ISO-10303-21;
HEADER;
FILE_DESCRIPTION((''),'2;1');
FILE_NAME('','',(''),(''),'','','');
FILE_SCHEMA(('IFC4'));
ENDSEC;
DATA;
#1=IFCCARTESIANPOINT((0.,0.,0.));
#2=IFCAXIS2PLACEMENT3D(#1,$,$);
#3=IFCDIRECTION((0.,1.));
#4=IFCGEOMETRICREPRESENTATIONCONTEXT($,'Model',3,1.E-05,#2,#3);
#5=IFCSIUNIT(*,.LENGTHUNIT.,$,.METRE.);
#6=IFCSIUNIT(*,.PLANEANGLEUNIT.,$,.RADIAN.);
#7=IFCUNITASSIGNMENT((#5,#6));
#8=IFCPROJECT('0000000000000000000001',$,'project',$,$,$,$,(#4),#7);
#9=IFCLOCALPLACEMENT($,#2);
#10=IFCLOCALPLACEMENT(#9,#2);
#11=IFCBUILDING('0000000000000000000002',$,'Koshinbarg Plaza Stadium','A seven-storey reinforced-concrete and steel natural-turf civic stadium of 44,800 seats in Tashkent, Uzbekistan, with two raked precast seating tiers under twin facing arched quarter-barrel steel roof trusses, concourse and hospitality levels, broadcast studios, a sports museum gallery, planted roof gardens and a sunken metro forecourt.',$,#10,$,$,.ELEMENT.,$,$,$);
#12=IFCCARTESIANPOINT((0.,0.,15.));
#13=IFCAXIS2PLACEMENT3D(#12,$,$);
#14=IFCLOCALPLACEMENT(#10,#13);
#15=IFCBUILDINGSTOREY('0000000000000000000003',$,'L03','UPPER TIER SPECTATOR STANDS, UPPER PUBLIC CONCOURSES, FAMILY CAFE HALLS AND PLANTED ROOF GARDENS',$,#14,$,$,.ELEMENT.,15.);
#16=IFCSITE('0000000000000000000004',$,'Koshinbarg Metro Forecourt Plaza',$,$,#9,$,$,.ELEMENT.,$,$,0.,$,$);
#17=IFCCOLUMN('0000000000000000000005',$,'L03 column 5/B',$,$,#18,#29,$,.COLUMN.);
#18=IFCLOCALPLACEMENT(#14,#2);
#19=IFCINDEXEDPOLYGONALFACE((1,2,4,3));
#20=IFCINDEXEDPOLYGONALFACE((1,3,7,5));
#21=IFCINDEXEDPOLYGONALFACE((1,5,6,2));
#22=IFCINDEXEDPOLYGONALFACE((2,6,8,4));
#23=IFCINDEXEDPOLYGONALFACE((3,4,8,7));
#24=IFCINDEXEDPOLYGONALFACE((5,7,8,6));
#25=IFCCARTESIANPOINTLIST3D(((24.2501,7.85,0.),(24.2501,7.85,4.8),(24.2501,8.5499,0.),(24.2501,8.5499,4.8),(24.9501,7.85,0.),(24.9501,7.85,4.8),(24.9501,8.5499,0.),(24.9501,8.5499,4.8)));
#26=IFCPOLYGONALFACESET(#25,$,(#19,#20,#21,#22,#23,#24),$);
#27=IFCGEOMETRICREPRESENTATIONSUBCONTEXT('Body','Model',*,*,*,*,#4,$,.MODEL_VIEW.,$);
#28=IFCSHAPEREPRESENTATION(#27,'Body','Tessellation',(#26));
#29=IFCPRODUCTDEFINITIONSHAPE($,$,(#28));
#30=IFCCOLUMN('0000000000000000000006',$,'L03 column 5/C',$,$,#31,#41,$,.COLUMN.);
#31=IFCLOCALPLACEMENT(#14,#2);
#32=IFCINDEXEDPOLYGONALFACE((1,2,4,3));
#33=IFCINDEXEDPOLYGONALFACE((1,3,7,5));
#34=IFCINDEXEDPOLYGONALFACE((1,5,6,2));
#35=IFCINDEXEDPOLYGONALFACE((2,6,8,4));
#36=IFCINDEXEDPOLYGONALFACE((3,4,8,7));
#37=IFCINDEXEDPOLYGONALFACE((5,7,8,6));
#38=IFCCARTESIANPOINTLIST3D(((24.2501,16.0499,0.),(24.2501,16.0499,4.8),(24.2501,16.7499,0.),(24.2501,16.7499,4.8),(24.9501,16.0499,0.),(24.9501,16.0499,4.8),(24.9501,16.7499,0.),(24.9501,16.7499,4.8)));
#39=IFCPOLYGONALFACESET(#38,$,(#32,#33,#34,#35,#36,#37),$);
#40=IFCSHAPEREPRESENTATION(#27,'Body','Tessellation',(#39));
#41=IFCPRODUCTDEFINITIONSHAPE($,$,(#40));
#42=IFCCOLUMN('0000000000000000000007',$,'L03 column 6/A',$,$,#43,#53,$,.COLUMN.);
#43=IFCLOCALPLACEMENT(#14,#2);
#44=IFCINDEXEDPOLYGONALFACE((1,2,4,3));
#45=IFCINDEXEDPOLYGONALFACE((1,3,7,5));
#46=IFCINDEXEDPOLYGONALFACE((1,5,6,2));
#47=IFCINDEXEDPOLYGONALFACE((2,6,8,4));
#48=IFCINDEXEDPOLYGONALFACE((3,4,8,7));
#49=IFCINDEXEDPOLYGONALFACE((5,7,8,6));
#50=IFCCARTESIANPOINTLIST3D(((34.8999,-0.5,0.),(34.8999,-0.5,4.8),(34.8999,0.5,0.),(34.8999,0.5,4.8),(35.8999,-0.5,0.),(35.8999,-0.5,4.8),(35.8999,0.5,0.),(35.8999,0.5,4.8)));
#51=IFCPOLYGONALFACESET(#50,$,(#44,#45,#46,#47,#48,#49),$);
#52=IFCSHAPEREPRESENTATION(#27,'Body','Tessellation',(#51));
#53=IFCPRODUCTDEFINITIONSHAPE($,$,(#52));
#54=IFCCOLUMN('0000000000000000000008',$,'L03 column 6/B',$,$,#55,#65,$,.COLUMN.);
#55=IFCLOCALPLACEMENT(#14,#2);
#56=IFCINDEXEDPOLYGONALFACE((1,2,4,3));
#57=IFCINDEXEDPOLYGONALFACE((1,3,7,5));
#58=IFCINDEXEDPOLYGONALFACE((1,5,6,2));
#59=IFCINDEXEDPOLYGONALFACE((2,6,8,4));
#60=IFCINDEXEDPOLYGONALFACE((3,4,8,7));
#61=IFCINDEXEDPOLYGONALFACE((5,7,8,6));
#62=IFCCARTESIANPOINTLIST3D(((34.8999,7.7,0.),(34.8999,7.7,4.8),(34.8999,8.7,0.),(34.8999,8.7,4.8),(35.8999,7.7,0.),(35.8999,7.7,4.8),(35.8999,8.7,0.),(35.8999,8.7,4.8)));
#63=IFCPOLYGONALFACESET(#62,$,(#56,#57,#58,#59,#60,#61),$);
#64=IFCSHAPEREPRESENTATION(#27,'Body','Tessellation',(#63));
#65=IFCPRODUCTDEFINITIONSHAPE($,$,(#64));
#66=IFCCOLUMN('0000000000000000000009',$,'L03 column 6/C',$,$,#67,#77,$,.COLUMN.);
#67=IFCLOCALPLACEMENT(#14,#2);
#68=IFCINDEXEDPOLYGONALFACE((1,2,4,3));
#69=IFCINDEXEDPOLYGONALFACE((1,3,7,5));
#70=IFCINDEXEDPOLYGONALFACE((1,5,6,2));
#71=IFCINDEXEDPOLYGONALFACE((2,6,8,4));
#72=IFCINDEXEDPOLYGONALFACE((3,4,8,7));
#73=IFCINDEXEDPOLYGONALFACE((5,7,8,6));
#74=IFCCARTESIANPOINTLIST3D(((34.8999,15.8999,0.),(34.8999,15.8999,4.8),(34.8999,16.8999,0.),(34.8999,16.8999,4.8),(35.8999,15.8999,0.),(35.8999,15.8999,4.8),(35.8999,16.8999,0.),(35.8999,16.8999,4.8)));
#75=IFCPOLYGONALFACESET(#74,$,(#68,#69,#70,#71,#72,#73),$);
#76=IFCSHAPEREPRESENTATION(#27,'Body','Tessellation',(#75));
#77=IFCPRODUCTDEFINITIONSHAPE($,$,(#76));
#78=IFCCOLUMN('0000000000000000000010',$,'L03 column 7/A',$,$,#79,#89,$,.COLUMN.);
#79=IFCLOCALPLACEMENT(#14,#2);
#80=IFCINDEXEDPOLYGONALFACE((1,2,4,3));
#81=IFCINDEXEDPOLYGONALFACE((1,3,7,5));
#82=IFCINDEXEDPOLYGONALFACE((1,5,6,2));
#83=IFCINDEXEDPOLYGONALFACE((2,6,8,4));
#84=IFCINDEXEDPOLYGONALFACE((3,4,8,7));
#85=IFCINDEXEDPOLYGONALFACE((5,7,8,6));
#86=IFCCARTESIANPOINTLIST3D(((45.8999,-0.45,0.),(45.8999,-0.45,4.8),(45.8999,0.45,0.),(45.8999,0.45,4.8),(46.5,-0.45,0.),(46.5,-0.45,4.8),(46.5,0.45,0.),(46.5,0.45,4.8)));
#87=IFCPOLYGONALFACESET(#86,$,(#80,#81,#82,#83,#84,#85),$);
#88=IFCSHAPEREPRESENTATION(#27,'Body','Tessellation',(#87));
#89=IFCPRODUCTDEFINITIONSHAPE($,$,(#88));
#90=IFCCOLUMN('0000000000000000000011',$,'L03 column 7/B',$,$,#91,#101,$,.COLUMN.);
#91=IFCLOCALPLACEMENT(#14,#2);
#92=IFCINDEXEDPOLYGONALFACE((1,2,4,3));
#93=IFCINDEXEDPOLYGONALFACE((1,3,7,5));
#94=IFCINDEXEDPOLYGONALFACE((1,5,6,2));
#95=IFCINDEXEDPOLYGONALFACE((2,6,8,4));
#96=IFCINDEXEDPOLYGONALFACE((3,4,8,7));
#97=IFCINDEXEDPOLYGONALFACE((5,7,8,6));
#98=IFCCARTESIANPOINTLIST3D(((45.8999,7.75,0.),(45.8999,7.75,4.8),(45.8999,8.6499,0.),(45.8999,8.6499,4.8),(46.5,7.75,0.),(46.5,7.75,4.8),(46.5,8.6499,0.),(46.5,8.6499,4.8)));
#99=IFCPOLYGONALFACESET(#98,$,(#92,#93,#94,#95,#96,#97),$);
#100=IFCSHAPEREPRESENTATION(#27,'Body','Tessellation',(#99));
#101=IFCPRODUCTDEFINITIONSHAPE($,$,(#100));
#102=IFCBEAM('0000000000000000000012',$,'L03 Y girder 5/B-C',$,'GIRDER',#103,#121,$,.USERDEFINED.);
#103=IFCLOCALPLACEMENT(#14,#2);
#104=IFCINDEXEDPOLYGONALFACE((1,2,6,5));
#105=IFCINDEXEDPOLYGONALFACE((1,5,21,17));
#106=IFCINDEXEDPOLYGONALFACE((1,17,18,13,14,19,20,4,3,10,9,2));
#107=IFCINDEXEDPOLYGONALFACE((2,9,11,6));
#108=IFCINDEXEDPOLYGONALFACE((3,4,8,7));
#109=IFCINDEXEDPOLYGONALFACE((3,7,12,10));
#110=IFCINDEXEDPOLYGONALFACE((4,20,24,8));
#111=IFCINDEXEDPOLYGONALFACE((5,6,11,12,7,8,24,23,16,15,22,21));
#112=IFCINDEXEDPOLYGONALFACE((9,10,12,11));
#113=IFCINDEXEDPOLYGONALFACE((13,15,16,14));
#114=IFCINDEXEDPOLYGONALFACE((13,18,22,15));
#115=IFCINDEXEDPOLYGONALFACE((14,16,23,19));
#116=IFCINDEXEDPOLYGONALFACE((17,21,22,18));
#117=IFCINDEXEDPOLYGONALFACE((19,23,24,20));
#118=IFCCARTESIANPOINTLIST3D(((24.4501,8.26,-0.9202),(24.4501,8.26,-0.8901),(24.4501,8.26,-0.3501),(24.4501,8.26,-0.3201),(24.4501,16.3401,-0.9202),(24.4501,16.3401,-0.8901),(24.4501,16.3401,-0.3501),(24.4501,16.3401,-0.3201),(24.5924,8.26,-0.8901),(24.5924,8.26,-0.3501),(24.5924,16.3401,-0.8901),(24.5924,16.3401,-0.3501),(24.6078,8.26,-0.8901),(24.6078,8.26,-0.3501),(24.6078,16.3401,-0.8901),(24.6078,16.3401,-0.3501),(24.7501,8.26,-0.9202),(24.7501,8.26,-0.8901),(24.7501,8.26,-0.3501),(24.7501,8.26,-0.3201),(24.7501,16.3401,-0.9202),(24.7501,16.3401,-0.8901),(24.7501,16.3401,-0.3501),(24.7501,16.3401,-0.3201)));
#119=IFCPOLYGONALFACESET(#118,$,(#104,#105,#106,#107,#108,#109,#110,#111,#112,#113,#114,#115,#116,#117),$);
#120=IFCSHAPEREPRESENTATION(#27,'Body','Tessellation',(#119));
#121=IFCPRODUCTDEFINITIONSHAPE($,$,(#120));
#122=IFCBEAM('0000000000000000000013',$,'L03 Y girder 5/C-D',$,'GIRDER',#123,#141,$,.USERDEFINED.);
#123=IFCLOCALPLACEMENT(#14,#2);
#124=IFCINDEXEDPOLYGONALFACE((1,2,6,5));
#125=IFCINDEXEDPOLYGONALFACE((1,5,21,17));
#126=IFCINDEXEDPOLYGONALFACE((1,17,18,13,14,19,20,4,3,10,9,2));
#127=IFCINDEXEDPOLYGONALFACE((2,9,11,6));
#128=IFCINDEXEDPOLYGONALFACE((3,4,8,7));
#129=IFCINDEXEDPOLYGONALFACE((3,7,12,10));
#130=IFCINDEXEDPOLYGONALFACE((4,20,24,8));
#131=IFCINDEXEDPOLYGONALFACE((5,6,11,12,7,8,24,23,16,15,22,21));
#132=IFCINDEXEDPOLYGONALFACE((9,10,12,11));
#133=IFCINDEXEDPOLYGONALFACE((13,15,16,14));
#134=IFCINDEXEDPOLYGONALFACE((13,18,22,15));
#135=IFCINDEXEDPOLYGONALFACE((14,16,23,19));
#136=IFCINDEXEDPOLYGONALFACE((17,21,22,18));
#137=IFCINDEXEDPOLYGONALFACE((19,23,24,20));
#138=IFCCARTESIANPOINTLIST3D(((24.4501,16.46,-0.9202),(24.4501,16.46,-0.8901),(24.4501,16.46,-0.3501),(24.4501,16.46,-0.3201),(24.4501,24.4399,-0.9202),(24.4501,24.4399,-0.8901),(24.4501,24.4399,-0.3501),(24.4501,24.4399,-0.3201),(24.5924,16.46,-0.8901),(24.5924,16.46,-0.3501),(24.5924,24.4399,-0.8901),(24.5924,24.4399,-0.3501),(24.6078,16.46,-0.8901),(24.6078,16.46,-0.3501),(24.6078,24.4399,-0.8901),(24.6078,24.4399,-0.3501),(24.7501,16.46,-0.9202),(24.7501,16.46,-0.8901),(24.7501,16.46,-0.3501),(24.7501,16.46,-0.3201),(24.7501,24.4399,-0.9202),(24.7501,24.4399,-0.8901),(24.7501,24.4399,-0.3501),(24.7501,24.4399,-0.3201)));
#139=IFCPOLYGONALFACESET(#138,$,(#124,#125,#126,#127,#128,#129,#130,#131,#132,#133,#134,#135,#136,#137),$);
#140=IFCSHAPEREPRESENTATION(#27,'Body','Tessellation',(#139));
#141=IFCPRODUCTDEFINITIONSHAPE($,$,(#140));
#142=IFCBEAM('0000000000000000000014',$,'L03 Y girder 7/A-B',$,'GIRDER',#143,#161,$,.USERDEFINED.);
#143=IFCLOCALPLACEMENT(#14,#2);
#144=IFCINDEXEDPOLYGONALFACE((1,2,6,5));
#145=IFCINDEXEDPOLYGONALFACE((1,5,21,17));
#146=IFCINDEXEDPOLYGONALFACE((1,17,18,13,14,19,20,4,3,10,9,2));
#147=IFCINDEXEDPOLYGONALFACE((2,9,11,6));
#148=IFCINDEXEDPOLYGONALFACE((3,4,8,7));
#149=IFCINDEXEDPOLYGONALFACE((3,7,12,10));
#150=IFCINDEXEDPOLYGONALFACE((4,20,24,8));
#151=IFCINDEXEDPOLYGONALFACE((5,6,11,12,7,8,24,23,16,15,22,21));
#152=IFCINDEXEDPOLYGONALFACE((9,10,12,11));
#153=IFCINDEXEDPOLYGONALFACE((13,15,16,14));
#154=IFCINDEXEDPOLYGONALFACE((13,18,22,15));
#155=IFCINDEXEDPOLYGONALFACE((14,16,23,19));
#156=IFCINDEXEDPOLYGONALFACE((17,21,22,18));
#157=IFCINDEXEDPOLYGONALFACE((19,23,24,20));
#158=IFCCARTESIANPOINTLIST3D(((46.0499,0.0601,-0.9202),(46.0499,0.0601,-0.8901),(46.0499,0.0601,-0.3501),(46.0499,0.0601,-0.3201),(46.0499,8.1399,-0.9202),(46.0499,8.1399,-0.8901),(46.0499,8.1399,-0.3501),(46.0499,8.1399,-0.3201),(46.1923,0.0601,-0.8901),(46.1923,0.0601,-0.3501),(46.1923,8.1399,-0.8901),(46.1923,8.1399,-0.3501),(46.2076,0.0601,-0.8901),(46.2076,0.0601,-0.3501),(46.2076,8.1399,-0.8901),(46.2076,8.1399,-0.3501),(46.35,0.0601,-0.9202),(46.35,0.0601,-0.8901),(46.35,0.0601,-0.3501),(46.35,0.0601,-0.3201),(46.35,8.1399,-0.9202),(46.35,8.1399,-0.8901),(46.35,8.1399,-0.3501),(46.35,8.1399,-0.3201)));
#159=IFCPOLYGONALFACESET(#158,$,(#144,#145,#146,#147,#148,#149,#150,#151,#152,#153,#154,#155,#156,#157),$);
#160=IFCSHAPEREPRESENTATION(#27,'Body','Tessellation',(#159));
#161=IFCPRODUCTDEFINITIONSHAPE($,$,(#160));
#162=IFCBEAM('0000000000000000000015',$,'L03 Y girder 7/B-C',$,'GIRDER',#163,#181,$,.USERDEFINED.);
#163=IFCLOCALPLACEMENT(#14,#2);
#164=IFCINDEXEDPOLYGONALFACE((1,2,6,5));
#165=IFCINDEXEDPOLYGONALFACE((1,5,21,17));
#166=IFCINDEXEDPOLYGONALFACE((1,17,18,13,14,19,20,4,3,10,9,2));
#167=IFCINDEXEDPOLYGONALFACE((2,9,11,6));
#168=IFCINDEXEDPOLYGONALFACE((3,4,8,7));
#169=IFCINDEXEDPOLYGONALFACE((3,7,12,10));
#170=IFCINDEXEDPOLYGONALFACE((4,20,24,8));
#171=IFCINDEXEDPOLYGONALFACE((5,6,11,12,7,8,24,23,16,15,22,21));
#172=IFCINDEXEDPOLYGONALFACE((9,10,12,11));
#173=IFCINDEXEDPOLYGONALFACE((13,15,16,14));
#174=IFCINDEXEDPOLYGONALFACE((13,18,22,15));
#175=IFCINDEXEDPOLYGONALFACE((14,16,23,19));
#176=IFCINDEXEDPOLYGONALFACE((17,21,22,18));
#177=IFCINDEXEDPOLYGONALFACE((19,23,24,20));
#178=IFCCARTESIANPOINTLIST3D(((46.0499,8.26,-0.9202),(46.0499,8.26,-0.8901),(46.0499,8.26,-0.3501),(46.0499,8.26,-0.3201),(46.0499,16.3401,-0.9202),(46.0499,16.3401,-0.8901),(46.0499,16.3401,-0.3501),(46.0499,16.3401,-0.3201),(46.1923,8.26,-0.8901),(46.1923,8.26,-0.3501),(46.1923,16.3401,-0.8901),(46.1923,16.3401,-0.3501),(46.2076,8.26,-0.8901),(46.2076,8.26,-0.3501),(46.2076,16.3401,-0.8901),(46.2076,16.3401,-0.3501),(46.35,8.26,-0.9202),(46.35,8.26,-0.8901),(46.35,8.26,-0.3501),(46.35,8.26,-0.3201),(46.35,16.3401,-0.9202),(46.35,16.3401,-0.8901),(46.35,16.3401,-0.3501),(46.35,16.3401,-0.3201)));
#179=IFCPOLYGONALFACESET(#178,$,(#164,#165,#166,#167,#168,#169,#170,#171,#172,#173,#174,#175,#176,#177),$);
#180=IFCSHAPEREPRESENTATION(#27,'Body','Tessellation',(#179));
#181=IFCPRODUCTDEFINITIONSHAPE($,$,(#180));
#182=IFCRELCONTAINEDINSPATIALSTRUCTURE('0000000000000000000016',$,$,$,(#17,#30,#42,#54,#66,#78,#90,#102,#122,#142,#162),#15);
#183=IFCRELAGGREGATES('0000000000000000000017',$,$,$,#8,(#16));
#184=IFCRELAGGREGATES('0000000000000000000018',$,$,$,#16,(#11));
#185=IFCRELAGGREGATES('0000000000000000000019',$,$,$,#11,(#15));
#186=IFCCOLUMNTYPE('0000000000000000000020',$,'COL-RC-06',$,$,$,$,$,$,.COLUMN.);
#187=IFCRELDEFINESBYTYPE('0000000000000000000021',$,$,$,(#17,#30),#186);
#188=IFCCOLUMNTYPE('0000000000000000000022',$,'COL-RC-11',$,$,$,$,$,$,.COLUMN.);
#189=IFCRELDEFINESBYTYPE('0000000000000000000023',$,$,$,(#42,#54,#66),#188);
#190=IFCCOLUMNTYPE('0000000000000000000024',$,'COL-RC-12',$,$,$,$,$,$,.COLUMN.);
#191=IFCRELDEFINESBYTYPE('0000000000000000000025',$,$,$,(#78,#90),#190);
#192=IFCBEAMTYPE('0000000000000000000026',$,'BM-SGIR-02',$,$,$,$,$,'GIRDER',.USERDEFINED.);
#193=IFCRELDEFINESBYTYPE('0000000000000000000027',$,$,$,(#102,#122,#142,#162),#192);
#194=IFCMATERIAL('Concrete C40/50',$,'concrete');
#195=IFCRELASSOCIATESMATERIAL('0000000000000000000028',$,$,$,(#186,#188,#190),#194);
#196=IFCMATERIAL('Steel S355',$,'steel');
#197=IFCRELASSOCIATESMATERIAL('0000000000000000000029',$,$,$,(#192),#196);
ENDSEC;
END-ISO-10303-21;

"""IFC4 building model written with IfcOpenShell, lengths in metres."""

from ifc_helpers import new_model, si_unit, direction, frame, origin, origin_2d, place, context, subcontext, project, spatial, rectangle, i_section, extrude, material, material_profile, profile_set, type_object, element, save


model = new_model("IFC4")

# Units and contexts
model_context = context("Model", 3, precision=1e-05, world=origin(), true_north=direction((0.0, 1.0)))
body_context = subcontext(model_context, "Body", "Model", "MODEL_VIEW")
ifc_project = project(units=[si_unit("LENGTHUNIT", "METRE"), si_unit("PLANEANGLEUNIT", "RADIAN")], contexts=[model_context])

# Site, building, storey
site_placement = place(None, origin())
site = spatial("IfcSite", under=ifc_project, at=site_placement, Name="Koshinbarg Metro Forecourt Plaza", CompositionType="ELEMENT", RefElevation=0.0)
building_placement = place(site_placement, origin())
building = spatial("IfcBuilding", under=site, at=building_placement, Name="Koshinbarg Plaza Stadium", Description="A seven-storey reinforced-concrete and steel natural-turf civic stadium of 44,800 seats in Tashkent, Uzbekistan, with two raked precast seating tiers under twin facing arched quarter-barrel steel roof trusses, concourse and hospitality levels, broadcast studios, a sports museum gallery, planted roof gardens and a sunken metro forecourt.", CompositionType="ELEMENT")
storey_placement = place(building_placement, frame((0.0, 0.0, 15.0)))
storey = spatial("IfcBuildingStorey", under=building, at=storey_placement, Name="L03", Description="UPPER TIER SPECTATOR STANDS, UPPER PUBLIC CONCOURSES, FAMILY CAFE HALLS AND PLANTED ROOF GARDENS", CompositionType="ELEMENT", Elevation=15.0)

# Columns
ifc_material_1 = material(Name="Concrete C40/50", Category="concrete")
ifc_material_profile_1 = material_profile(ifc_material_1, rectangle(XDim=0.7, YDim=0.7, at=origin_2d()), Name="RC 700x700")
ifc_profile_set_1 = profile_set([ifc_material_profile_1], Name="Concrete C40/50")
column_type_1 = type_object("IfcColumnType", Name="COL-RC-06", PredefinedType="COLUMN", material=ifc_profile_set_1)
for number, where, z_axis, x_axis, name in (
    (1, (24.6001, 8.2, 0.0), (0.0, 0.0, 1.0), (1.0, 0.0, 0.0), "L03 column 5/B"),
    (2, (24.6001, 16.3999, 0.0), (0.0, 0.0, 1.0), (1.0, 0.0, 0.0), "L03 column 5/C"),
):
    element("IfcColumn", number, at=place(storey_placement, frame(where, z_axis=z_axis, x_axis=x_axis)), inside=storey, type_object=column_type_1, Name=name, PredefinedType="COLUMN", context=body_context, shape_type="SweptSolid", body=[
        extrude(rectangle(XDim=0.7, YDim=0.7, at=origin_2d()), origin(), (0.0, 0.0, 1.0), 4.8),
    ])
ifc_material_profile_2 = material_profile(ifc_material_1, rectangle(XDim=1.0, YDim=1.0, at=origin_2d()), Name="RC 1000x1000")
ifc_profile_set_2 = profile_set([ifc_material_profile_2], Name="Concrete C40/50")
column_type_2 = type_object("IfcColumnType", Name="COL-RC-11", PredefinedType="COLUMN", material=ifc_profile_set_2)
for number, where, z_axis, x_axis, name in (
    (3, (35.3999, 0.0, 0.0), (0.0, 0.0, 1.0), (1.0, 0.0, 0.0), "L03 column 6/A"),
    (4, (35.3999, 8.2, 0.0), (0.0, 0.0, 1.0), (1.0, 0.0, 0.0), "L03 column 6/B"),
    (5, (35.3999, 16.3999, 0.0), (0.0, 0.0, 1.0), (1.0, 0.0, 0.0), "L03 column 6/C"),
):
    element("IfcColumn", number, at=place(storey_placement, frame(where, z_axis=z_axis, x_axis=x_axis)), inside=storey, type_object=column_type_2, Name=name, PredefinedType="COLUMN", context=body_context, shape_type="SweptSolid", body=[
        extrude(rectangle(XDim=1.0, YDim=1.0, at=origin_2d()), origin(), (0.0, 0.0, 1.0), 4.8),
    ])
ifc_material_profile_3 = material_profile(ifc_material_1, rectangle(XDim=0.6001, YDim=0.8999, at=origin_2d()), Name="RC 600x900")
ifc_profile_set_3 = profile_set([ifc_material_profile_3], Name="Concrete C40/50")
column_type_3 = type_object("IfcColumnType", Name="COL-RC-12", PredefinedType="COLUMN", material=ifc_profile_set_3)
for number, where, z_axis, x_axis, name in (
    (6, (46.2, 0.0, 0.0), (0.0, 0.0, 1.0), (1.0, 0.0, 0.0), "L03 column 7/A"),
    (7, (46.2, 8.2, 0.0), (0.0, 0.0, 1.0), (1.0, 0.0, 0.0), "L03 column 7/B"),
):
    element("IfcColumn", number, at=place(storey_placement, frame(where, z_axis=z_axis, x_axis=x_axis)), inside=storey, type_object=column_type_3, Name=name, PredefinedType="COLUMN", context=body_context, shape_type="SweptSolid", body=[
        extrude(rectangle(XDim=0.6001, YDim=0.8999, at=origin_2d()), origin(), (0.0, 0.0, 1.0), 4.8),
    ])

# Beams
ifc_material_2 = material(Name="Steel S355", Category="steel")
ifc_material_profile_4 = material_profile(ifc_material_2, i_section(OverallWidth=0.3, OverallDepth=0.6001, WebThickness=0.0154, FlangeThickness=0.03, at=origin_2d()), Name="HEB 600")
ifc_profile_set_4 = profile_set([ifc_material_profile_4], Name="Steel S355")
beam_type_1 = type_object("IfcBeamType", Name="BM-SGIR-02", ElementType="GIRDER", PredefinedType="USERDEFINED", material=ifc_profile_set_4)
beam_1_placement = place(storey_placement, frame((24.6001, 8.26, -0.6201), z_axis=(0.0, 1.0, 0.0), x_axis=(-1.0, 0.0, 0.0)))
element("IfcBeam", 8, at=beam_1_placement, inside=storey, type_object=beam_type_1, Name="L03 Y girder 5/B-C", ObjectType="GIRDER", PredefinedType="USERDEFINED", context=body_context, shape_type="SweptSolid", body=[
    extrude(i_section(OverallWidth=0.3, OverallDepth=0.6001, WebThickness=0.0154, FlangeThickness=0.03, at=origin_2d()), origin(), (0.0, 0.0, 1.0), 8.0801),
])
beam_2_placement = place(storey_placement, frame((24.6001, 16.46, -0.6201), z_axis=(0.0, 1.0, 0.0), x_axis=(-1.0, 0.0, 0.0)))
element("IfcBeam", 9, at=beam_2_placement, inside=storey, type_object=beam_type_1, Name="L03 Y girder 5/C-D", ObjectType="GIRDER", PredefinedType="USERDEFINED", context=body_context, shape_type="SweptSolid", body=[
    extrude(i_section(OverallWidth=0.3, OverallDepth=0.6001, WebThickness=0.0154, FlangeThickness=0.03, at=origin_2d()), origin(), (0.0, 0.0, 1.0), 7.98),
])
beam_3_placement = place(storey_placement, frame((46.2, 0.0601, -0.6201), z_axis=(0.0, 1.0, 0.0), x_axis=(-1.0, 0.0, 0.0)))
element("IfcBeam", 10, at=beam_3_placement, inside=storey, type_object=beam_type_1, Name="L03 Y girder 7/A-B", ObjectType="GIRDER", PredefinedType="USERDEFINED", context=body_context, shape_type="SweptSolid", body=[
    extrude(i_section(OverallWidth=0.3, OverallDepth=0.6001, WebThickness=0.0154, FlangeThickness=0.03, at=origin_2d()), origin(), (0.0, 0.0, 1.0), 8.0798),
])
beam_4_placement = place(storey_placement, frame((46.2, 8.26, -0.6201), z_axis=(0.0, 1.0, 0.0), x_axis=(-1.0, 0.0, 0.0)))
element("IfcBeam", 11, at=beam_4_placement, inside=storey, type_object=beam_type_1, Name="L03 Y girder 7/B-C", ObjectType="GIRDER", PredefinedType="USERDEFINED", context=body_context, shape_type="SweptSolid", body=[
    extrude(i_section(OverallWidth=0.3, OverallDepth=0.6001, WebThickness=0.0154, FlangeThickness=0.03, at=origin_2d()), origin(), (0.0, 0.0, 1.0), 8.0801),
])

save(model, "model.ifc")
